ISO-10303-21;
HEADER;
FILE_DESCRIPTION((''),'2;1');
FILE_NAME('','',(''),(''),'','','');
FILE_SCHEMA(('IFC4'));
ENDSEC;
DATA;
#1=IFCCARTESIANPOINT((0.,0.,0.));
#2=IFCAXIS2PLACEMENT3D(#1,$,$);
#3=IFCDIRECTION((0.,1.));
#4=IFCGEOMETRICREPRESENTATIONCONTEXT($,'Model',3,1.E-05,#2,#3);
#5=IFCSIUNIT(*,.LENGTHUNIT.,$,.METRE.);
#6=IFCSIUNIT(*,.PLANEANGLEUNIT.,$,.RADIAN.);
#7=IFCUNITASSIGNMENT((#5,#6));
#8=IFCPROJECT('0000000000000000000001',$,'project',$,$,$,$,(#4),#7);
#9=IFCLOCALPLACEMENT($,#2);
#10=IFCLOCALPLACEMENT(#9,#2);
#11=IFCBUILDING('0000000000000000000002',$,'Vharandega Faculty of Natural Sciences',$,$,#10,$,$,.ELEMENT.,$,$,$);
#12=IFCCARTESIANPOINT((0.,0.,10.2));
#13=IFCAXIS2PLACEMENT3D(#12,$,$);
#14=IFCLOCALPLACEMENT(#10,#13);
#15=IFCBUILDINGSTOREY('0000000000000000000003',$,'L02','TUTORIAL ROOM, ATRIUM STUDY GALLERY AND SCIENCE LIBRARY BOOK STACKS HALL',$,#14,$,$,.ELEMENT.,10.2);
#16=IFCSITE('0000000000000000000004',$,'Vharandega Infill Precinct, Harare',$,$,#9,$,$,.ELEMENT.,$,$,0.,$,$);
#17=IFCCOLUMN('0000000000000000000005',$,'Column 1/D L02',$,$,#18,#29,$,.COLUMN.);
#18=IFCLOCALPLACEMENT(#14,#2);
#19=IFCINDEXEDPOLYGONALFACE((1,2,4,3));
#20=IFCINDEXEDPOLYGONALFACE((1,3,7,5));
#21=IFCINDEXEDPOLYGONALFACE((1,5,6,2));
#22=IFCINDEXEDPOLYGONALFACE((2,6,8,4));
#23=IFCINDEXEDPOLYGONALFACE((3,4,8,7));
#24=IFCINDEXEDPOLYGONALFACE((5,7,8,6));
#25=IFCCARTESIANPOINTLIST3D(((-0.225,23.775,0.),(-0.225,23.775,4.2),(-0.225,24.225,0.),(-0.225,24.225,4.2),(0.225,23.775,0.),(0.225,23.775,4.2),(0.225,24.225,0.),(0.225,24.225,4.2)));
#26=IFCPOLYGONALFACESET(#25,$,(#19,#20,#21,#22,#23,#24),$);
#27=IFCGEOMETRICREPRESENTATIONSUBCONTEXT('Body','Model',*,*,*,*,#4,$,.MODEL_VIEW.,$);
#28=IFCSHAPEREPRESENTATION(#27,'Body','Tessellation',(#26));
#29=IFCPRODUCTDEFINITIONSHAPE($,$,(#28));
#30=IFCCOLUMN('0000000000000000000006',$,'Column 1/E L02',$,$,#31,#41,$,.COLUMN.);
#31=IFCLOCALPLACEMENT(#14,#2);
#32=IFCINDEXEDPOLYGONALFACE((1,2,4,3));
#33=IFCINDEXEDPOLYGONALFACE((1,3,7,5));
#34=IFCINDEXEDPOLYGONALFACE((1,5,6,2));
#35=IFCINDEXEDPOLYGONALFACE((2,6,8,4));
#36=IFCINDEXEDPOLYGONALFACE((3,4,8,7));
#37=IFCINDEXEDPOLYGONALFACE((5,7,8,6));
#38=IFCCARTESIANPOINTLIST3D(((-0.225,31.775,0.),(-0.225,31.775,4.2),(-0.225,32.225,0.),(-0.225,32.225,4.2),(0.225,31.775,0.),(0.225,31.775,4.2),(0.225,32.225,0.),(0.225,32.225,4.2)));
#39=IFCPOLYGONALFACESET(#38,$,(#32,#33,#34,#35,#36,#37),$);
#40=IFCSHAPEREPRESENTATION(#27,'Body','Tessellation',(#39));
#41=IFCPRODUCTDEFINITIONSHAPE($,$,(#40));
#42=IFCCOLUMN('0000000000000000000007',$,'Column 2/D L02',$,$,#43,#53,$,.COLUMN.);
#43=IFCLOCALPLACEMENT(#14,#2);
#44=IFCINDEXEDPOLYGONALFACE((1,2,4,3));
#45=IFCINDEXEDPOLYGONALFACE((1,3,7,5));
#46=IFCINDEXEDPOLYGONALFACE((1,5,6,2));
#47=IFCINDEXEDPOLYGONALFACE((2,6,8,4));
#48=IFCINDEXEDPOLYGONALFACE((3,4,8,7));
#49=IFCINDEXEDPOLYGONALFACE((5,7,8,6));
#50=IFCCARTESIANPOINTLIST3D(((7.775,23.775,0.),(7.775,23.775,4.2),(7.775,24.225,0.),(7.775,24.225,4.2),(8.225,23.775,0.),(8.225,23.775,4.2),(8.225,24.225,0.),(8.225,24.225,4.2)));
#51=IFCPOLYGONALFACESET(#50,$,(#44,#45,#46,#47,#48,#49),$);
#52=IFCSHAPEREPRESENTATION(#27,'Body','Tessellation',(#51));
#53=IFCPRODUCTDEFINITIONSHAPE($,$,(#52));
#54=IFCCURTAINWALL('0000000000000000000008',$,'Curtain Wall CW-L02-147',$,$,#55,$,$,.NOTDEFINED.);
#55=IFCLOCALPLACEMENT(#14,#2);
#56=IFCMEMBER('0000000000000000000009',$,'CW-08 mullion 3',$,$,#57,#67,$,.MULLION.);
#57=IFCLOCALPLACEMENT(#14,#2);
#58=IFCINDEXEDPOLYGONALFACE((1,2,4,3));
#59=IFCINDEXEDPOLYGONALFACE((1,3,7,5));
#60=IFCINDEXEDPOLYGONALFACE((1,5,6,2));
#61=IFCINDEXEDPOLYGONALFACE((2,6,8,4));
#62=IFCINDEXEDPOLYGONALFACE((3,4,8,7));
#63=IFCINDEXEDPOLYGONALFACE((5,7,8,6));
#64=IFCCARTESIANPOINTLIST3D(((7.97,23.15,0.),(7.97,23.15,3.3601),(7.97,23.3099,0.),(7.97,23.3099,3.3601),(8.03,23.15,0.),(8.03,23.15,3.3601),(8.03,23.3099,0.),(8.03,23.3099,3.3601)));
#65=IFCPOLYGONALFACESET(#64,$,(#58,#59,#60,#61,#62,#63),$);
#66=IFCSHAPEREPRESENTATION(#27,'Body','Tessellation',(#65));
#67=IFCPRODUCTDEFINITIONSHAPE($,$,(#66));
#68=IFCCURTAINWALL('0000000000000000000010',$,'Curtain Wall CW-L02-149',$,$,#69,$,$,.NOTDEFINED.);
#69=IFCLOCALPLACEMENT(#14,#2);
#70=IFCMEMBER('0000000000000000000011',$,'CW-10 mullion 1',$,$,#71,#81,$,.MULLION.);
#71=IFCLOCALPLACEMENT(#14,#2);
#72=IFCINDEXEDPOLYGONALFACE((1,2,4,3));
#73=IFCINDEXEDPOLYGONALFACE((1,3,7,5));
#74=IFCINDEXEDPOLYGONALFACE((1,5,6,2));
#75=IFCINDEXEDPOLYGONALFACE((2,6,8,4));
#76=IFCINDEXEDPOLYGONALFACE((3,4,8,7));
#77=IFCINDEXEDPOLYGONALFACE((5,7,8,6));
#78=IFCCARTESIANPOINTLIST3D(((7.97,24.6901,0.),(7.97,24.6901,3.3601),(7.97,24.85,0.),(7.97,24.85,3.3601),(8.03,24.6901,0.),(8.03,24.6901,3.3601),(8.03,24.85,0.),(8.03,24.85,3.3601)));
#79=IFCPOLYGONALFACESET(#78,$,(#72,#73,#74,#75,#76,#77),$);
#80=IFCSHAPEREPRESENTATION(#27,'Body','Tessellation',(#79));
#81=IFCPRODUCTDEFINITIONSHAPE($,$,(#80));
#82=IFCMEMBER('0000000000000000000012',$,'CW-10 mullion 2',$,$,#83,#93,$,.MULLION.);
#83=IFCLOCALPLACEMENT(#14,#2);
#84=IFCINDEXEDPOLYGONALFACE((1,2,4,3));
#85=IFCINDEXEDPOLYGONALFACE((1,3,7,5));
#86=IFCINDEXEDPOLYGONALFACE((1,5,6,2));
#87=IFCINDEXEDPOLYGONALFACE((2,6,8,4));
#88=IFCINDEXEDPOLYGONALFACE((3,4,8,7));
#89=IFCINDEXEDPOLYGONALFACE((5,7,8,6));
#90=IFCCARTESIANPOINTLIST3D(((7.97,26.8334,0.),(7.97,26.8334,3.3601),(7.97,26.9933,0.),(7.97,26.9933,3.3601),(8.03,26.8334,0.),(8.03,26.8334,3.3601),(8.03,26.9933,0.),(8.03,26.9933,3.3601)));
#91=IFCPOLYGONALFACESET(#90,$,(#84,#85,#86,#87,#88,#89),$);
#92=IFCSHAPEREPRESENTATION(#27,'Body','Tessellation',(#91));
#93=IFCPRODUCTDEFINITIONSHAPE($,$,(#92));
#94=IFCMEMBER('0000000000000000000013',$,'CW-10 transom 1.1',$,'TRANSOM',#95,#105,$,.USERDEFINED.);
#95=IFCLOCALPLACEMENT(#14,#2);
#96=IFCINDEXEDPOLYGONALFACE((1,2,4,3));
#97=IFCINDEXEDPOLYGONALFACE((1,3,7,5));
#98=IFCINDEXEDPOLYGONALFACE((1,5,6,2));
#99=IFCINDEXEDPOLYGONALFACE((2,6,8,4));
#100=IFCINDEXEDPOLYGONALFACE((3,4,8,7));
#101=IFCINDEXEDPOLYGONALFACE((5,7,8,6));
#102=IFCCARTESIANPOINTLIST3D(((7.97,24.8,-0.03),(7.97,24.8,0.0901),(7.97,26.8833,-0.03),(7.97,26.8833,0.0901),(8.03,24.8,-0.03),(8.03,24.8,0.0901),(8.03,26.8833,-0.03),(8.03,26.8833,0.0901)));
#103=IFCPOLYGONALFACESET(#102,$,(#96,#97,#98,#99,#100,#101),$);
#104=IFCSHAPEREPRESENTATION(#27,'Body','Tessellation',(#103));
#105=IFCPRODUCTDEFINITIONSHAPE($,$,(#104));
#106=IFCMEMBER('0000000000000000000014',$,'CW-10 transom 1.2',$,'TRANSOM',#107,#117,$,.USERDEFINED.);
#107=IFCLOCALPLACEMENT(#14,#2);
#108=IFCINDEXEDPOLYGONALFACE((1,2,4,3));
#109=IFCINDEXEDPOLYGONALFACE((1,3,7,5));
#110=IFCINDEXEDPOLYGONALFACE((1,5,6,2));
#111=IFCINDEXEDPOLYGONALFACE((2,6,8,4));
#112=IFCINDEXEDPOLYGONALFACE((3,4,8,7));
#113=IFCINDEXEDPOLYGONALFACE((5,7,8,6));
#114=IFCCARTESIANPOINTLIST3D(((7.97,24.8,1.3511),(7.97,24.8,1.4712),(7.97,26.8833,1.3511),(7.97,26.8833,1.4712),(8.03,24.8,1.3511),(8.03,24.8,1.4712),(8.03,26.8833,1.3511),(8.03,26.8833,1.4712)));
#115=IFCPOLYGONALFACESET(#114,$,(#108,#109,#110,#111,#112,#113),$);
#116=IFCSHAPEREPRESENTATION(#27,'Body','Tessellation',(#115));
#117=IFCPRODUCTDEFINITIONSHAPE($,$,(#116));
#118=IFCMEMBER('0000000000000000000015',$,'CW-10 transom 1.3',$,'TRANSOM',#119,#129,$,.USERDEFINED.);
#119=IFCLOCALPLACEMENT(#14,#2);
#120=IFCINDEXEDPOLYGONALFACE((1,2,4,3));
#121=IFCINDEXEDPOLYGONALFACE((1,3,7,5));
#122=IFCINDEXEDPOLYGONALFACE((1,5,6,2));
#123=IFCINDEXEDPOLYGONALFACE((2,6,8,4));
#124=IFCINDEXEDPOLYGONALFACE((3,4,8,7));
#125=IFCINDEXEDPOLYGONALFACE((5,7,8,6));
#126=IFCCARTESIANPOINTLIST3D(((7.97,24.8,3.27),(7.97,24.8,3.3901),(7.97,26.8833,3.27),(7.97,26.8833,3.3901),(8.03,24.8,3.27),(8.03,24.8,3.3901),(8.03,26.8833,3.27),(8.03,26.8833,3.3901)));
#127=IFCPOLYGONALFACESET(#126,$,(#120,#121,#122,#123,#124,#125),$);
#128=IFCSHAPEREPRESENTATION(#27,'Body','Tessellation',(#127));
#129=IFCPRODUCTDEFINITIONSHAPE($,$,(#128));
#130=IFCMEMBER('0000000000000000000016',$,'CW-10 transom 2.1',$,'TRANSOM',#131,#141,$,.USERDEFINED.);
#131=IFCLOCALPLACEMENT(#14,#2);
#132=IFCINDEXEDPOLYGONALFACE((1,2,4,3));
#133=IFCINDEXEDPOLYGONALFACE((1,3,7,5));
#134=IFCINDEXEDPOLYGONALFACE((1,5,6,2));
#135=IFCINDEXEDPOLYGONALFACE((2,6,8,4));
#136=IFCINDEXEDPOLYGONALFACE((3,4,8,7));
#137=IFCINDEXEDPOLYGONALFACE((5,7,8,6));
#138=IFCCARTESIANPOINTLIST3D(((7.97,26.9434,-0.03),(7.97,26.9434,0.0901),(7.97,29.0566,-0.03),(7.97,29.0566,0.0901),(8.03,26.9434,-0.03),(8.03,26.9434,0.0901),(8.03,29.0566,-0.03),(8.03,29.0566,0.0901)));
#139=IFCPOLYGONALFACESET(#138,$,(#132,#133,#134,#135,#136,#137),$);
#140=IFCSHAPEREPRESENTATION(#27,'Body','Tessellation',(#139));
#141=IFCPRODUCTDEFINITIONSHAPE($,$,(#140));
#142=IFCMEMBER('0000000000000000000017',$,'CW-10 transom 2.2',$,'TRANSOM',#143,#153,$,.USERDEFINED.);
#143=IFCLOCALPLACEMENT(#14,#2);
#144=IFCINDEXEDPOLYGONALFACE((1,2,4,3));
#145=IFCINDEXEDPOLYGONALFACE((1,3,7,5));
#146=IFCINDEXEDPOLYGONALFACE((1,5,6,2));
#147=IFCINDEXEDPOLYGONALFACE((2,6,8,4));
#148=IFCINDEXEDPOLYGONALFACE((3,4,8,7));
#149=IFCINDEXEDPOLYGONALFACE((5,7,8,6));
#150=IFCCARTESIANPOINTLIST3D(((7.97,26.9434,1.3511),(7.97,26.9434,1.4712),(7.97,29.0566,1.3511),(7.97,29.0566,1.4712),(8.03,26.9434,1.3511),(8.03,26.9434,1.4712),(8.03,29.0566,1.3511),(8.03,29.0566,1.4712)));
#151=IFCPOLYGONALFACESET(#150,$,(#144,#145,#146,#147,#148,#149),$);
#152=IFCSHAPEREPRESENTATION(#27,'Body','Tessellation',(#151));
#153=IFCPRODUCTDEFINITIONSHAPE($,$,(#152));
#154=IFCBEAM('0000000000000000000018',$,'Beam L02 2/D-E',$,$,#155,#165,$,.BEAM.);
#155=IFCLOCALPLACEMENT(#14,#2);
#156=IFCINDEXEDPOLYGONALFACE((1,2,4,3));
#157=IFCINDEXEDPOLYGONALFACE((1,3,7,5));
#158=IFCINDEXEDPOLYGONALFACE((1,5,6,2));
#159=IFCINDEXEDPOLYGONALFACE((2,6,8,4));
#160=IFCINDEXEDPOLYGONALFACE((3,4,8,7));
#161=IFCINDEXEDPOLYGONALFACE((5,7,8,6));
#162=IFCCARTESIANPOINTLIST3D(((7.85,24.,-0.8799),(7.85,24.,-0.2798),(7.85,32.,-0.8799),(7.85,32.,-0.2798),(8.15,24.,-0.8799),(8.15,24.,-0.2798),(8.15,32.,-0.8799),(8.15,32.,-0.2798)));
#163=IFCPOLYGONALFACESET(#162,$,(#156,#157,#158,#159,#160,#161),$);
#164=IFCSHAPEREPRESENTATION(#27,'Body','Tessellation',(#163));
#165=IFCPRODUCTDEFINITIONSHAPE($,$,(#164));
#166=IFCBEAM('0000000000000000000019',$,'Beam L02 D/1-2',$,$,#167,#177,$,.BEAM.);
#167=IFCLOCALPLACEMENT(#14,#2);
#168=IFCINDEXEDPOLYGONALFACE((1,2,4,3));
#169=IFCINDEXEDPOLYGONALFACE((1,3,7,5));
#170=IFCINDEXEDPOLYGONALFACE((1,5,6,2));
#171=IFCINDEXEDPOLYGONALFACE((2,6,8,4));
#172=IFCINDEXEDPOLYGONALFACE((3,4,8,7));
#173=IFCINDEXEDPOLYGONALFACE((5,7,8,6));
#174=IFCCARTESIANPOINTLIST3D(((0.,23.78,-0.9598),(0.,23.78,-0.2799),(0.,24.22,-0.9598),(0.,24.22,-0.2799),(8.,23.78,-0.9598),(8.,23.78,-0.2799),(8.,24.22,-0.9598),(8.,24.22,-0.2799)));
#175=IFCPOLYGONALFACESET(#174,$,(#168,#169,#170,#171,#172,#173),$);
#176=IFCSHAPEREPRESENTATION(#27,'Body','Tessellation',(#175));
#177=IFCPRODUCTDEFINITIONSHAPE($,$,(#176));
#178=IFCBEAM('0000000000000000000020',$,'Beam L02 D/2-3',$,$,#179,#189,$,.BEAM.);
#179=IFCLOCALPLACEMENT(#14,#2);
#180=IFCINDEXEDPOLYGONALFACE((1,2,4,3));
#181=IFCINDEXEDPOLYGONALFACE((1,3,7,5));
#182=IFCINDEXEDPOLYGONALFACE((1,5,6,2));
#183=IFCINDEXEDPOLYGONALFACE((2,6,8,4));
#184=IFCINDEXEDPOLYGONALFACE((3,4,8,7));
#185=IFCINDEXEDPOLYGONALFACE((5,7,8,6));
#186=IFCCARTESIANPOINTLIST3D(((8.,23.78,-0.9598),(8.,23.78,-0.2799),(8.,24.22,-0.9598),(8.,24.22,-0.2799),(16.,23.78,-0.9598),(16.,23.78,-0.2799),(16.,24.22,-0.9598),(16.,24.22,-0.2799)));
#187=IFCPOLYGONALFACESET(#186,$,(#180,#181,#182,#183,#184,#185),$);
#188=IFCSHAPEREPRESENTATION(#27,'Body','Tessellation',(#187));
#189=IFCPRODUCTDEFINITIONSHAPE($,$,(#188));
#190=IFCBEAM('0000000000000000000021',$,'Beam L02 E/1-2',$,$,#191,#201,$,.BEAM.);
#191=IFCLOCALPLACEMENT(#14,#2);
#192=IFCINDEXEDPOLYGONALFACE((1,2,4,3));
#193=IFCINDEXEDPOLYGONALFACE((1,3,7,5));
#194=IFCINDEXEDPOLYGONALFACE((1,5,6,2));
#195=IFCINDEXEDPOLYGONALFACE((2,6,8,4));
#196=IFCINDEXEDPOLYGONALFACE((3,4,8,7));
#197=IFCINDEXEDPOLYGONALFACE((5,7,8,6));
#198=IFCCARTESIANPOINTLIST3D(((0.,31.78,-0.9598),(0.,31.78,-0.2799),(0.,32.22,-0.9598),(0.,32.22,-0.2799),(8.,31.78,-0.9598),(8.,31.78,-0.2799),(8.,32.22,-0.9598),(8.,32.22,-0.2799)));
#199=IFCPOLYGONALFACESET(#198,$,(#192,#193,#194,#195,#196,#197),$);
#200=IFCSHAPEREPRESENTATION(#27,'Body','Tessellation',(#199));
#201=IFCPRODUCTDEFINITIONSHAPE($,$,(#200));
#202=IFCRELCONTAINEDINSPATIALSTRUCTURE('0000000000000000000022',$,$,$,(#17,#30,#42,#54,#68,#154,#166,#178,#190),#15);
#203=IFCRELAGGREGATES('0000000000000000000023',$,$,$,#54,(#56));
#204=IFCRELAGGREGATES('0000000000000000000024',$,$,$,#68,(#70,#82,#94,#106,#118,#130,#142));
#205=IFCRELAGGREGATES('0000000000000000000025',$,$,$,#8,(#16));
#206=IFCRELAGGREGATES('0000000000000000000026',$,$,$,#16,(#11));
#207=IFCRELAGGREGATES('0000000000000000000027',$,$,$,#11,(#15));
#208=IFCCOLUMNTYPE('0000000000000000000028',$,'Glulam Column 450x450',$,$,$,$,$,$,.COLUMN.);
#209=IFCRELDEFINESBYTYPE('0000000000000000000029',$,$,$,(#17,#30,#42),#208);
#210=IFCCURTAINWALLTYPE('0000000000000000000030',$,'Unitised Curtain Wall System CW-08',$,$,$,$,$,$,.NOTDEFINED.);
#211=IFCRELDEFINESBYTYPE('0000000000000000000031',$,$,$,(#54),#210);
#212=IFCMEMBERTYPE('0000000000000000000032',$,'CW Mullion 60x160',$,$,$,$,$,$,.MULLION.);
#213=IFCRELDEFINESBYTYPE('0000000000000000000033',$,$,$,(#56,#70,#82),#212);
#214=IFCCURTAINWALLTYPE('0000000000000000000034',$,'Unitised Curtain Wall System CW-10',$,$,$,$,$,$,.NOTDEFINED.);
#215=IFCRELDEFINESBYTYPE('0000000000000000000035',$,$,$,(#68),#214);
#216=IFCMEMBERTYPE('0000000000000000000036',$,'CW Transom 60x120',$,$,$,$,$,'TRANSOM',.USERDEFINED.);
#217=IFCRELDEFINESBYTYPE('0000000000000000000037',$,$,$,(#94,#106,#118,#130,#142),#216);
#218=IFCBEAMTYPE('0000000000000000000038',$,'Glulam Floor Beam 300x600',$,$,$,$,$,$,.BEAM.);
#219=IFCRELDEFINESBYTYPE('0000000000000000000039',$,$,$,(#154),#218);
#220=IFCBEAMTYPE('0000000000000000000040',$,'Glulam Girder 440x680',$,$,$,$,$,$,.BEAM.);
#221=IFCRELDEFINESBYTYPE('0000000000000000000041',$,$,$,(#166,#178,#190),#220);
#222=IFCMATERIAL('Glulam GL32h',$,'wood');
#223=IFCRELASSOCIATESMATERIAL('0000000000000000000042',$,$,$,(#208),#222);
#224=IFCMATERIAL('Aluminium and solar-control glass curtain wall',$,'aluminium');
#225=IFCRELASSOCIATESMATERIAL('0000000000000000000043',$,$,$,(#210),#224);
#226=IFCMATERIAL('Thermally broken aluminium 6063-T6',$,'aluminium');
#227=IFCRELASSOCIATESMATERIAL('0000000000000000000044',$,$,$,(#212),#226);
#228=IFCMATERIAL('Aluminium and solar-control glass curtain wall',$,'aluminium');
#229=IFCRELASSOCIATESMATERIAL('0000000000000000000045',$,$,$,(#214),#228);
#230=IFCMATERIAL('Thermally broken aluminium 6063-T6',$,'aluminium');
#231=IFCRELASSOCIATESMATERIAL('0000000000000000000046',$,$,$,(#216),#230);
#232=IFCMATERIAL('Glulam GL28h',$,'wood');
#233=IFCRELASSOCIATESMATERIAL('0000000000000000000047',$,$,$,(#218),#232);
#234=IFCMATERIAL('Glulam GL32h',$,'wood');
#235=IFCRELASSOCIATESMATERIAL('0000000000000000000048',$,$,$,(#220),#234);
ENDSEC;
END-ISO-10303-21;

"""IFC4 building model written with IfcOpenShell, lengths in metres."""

from ifc_helpers import new_model, si_unit, direction, frame, origin, origin_2d, place, context, subcontext, project, spatial, rectangle, extrude, material, material_profile, profile_set, type_object, element, aggregate, save


model = new_model("IFC4")

# Units and contexts
model_context = context("Model", 3, precision=1e-05, world=origin(), true_north=direction((0.0, 1.0)))
body_context = subcontext(model_context, "Body", "Model", "MODEL_VIEW")
ifc_project = project(units=[si_unit("LENGTHUNIT", "METRE"), si_unit("PLANEANGLEUNIT", "RADIAN")], contexts=[model_context])

# Site, building, storey
site_placement = place(None, origin())
site = spatial("IfcSite", under=ifc_project, at=site_placement, Name="Vharandega Infill Precinct, Harare", CompositionType="ELEMENT", RefElevation=0.0)
building_placement = place(site_placement, origin())
building = spatial("IfcBuilding", under=site, at=building_placement, Name="Vharandega Faculty of Natural Sciences", CompositionType="ELEMENT")
storey_placement = place(building_placement, frame((0.0, 0.0, 10.2)))
storey = spatial("IfcBuildingStorey", under=building, at=storey_placement, Name="L02", Description="TUTORIAL ROOM, ATRIUM STUDY GALLERY AND SCIENCE LIBRARY BOOK STACKS HALL", CompositionType="ELEMENT", Elevation=10.2)

# Columns
ifc_material_1 = material(Name="Glulam GL32h", Category="wood")
ifc_material_profile_1 = material_profile(ifc_material_1, rectangle(XDim=0.45, YDim=0.45, at=origin_2d()), Name="GL32h 450x450")
ifc_profile_set_1 = profile_set([ifc_material_profile_1], Name="Glulam GL32h")
column_type = type_object("IfcColumnType", Name="Glulam Column 450x450", PredefinedType="COLUMN", material=ifc_profile_set_1)
for number, where, z_axis, x_axis, name in (
    (1, (0.0, 24.0, 0.0), (0.0, 0.0, 1.0), (1.0, 0.0, 0.0), "Column 1/D L02"),
    (2, (0.0, 32.0, 0.0), (0.0, 0.0, 1.0), (1.0, 0.0, 0.0), "Column 1/E L02"),
    (3, (8.0, 24.0, 0.0), (0.0, 0.0, 1.0), (1.0, 0.0, 0.0), "Column 2/D L02"),
):
    element("IfcColumn", number, at=place(storey_placement, frame(where, z_axis=z_axis, x_axis=x_axis)), inside=storey, type_object=column_type, Name=name, PredefinedType="COLUMN", context=body_context, shape_type="SweptSolid", body=[
        extrude(rectangle(XDim=0.45, YDim=0.45, at=origin_2d()), origin(), (0.0, 0.0, 1.0), 4.2),
    ])

# Curtain wall, member
ifc_material_2 = material(Name="Aluminium and solar-control glass curtain wall", Category="aluminium")
curtain_wall_type_1 = type_object("IfcCurtainWallType", Name="Unitised Curtain Wall System CW-08", PredefinedType="NOTDEFINED", material=ifc_material_2)
curtain_wall_1_placement = place(storey_placement, origin())
curtain_wall_1 = element("IfcCurtainWall", 4, at=curtain_wall_1_placement, inside=storey, type_object=curtain_wall_type_1, Name="Curtain Wall CW-L02-147", PredefinedType="NOTDEFINED")
ifc_material_3 = material(Name="Thermally broken aluminium 6063-T6", Category="aluminium")
ifc_material_profile_2 = material_profile(ifc_material_3, rectangle(XDim=0.0601, YDim=0.1599, at=origin_2d()), Name="ALU 60x160")
ifc_profile_set_2 = profile_set([ifc_material_profile_2], Name="Thermally broken aluminium 6063-T6")
member_type_1 = type_object("IfcMemberType", Name="CW Mullion 60x160", PredefinedType="MULLION", material=ifc_profile_set_2)
member_1_placement = place(storey_placement, frame((8.0, 23.23, 0.0), z_axis=(0.0, 0.0, 1.0), x_axis=(-1.0, 0.0, 0.0)))
member_1 = element("IfcMember", 5, at=member_1_placement, type_object=member_type_1, Name="CW-08 mullion 3", PredefinedType="MULLION", context=body_context, shape_type="SweptSolid", body=[
    extrude(rectangle(XDim=0.0601, YDim=0.1599, at=origin_2d()), origin(), (0.0, 0.0, 1.0), 3.3601),
])

# Curtain wall, members
ifc_material_4 = material(Name="Aluminium and solar-control glass curtain wall", Category="aluminium")
curtain_wall_type_2 = type_object("IfcCurtainWallType", Name="Unitised Curtain Wall System CW-10", PredefinedType="NOTDEFINED", material=ifc_material_4)
curtain_wall_2_placement = place(storey_placement, origin())
curtain_wall_2 = element("IfcCurtainWall", 6, at=curtain_wall_2_placement, inside=storey, type_object=curtain_wall_type_2, Name="Curtain Wall CW-L02-149", PredefinedType="NOTDEFINED")
member_2_placement = place(storey_placement, frame((8.0, 24.77, 0.0), z_axis=(0.0, 0.0, 1.0), x_axis=(-1.0, 0.0, 0.0)))
member_2 = element("IfcMember", 7, at=member_2_placement, type_object=member_type_1, Name="CW-10 mullion 1", PredefinedType="MULLION", context=body_context, shape_type="SweptSolid", body=[
    extrude(rectangle(XDim=0.0601, YDim=0.1599, at=origin_2d()), origin(), (0.0, 0.0, 1.0), 3.3601),
])
member_3_placement = place(storey_placement, frame((8.0, 26.9133, 0.0), z_axis=(0.0, 0.0, 1.0), x_axis=(-1.0, 0.0, 0.0)))
member_3 = element("IfcMember", 8, at=member_3_placement, type_object=member_type_1, Name="CW-10 mullion 2", PredefinedType="MULLION", context=body_context, shape_type="SweptSolid", body=[
    extrude(rectangle(XDim=0.0601, YDim=0.1599, at=origin_2d()), origin(), (0.0, 0.0, 1.0), 3.3601),
])
ifc_material_5 = material(Name="Thermally broken aluminium 6063-T6", Category="aluminium")
ifc_material_profile_3 = material_profile(ifc_material_5, rectangle(XDim=0.0601, YDim=0.1201, at=origin_2d()), Name="ALU 60x120")
ifc_profile_set_3 = profile_set([ifc_material_profile_3], Name="Thermally broken aluminium 6063-T6")
member_type_2 = type_object("IfcMemberType", Name="CW Transom 60x120", ElementType="TRANSOM", PredefinedType="USERDEFINED", material=ifc_profile_set_3)
member_4_placement = place(storey_placement, frame((8.0, 24.8, 0.03), z_axis=(0.0, 1.0, 0.0), x_axis=(-1.0, 0.0, 0.0)))
member_4 = element("IfcMember", 9, at=member_4_placement, type_object=member_type_2, Name="CW-10 transom 1.1", ObjectType="TRANSOM", PredefinedType="USERDEFINED", context=body_context, shape_type="SweptSolid", body=[
    extrude(rectangle(XDim=0.0601, YDim=0.1201, at=origin_2d()), origin(), (0.0, 0.0, 1.0), 2.0833),
])
member_5_placement = place(storey_placement, frame((8.0, 24.8, 1.4111), z_axis=(0.0, 1.0, 0.0), x_axis=(-1.0, 0.0, 0.0)))
member_5 = element("IfcMember", 10, at=member_5_placement, type_object=member_type_2, Name="CW-10 transom 1.2", ObjectType="TRANSOM", PredefinedType="USERDEFINED", context=body_context, shape_type="SweptSolid", body=[
    extrude(rectangle(XDim=0.0601, YDim=0.1201, at=origin_2d()), origin(), (0.0, 0.0, 1.0), 2.0833),
])
member_6_placement = place(storey_placement, frame((8.0, 24.8, 3.3301), z_axis=(0.0, 1.0, 0.0), x_axis=(-1.0, 0.0, 0.0)))
member_6 = element("IfcMember", 11, at=member_6_placement, type_object=member_type_2, Name="CW-10 transom 1.3", ObjectType="TRANSOM", PredefinedType="USERDEFINED", context=body_context, shape_type="SweptSolid", body=[
    extrude(rectangle(XDim=0.0601, YDim=0.1201, at=origin_2d()), origin(), (0.0, 0.0, 1.0), 2.0833),
])
member_7_placement = place(storey_placement, frame((8.0, 26.9434, 0.03), z_axis=(0.0, 1.0, 0.0), x_axis=(-1.0, 0.0, 0.0)))
member_7 = element("IfcMember", 12, at=member_7_placement, type_object=member_type_2, Name="CW-10 transom 2.1", ObjectType="TRANSOM", PredefinedType="USERDEFINED", context=body_context, shape_type="SweptSolid", body=[
    extrude(rectangle(XDim=0.0601, YDim=0.1201, at=origin_2d()), origin(), (0.0, 0.0, 1.0), 2.1133),
])
member_8_placement = place(storey_placement, frame((8.0, 26.9434, 1.4111), z_axis=(0.0, 1.0, 0.0), x_axis=(-1.0, 0.0, 0.0)))
member_8 = element("IfcMember", 13, at=member_8_placement, type_object=member_type_2, Name="CW-10 transom 2.2", ObjectType="TRANSOM", PredefinedType="USERDEFINED", context=body_context, shape_type="SweptSolid", body=[
    extrude(rectangle(XDim=0.0601, YDim=0.1201, at=origin_2d()), origin(), (0.0, 0.0, 1.0), 2.1133),
])

# Beams
ifc_material_6 = material(Name="Glulam GL28h", Category="wood")
ifc_material_profile_4 = material_profile(ifc_material_6, rectangle(XDim=0.3, YDim=0.6001, at=origin_2d()), Name="GL28h 300x600")
ifc_profile_set_4 = profile_set([ifc_material_profile_4], Name="Glulam GL28h")
beam_type_1 = type_object("IfcBeamType", Name="Glulam Floor Beam 300x600", PredefinedType="BEAM", material=ifc_profile_set_4)
beam_1_placement = place(storey_placement, frame((8.0, 24.0, -0.5798), z_axis=(0.0, 1.0, 0.0), x_axis=(-1.0, 0.0, 0.0)))
element("IfcBeam", 14, at=beam_1_placement, inside=storey, type_object=beam_type_1, Name="Beam L02 2/D-E", PredefinedType="BEAM", context=body_context, shape_type="SweptSolid", body=[
    extrude(rectangle(XDim=0.3, YDim=0.6001, at=origin_2d()), origin(), (0.0, 0.0, 1.0), 8.0),
])
ifc_material_7 = material(Name="Glulam GL32h", Category="wood")
ifc_material_profile_5 = material_profile(ifc_material_7, rectangle(XDim=0.4399, YDim=0.6799, at=origin_2d()), Name="GL32h 440x680")
ifc_profile_set_5 = profile_set([ifc_material_profile_5], Name="Glulam GL32h")
beam_type_2 = type_object("IfcBeamType", Name="Glulam Girder 440x680", PredefinedType="BEAM", material=ifc_profile_set_5)
for number, where, z_axis, x_axis, name in (
    (15, (0.0, 24.0, -0.6199), (1.0, 0.0, 0.0), (0.0, 1.0, 0.0), "Beam L02 D/1-2"),
    (16, (8.0, 24.0, -0.6199), (1.0, 0.0, 0.0), (0.0, 1.0, 0.0), "Beam L02 D/2-3"),
    (17, (0.0, 32.0, -0.6199), (1.0, 0.0, 0.0), (0.0, 1.0, 0.0), "Beam L02 E/1-2"),
):
    element("IfcBeam", number, at=place(storey_placement, frame(where, z_axis=z_axis, x_axis=x_axis)), inside=storey, type_object=beam_type_2, Name=name, PredefinedType="BEAM", context=body_context, shape_type="SweptSolid", body=[
        extrude(rectangle(XDim=0.4399, YDim=0.6799, at=origin_2d()), origin(), (0.0, 0.0, 1.0), 8.0),
    ])

aggregate(curtain_wall_1, [member_1])
aggregate(curtain_wall_2, [member_2, member_3, member_4, member_5, member_6, member_7, member_8])

save(model, "model.ifc")
